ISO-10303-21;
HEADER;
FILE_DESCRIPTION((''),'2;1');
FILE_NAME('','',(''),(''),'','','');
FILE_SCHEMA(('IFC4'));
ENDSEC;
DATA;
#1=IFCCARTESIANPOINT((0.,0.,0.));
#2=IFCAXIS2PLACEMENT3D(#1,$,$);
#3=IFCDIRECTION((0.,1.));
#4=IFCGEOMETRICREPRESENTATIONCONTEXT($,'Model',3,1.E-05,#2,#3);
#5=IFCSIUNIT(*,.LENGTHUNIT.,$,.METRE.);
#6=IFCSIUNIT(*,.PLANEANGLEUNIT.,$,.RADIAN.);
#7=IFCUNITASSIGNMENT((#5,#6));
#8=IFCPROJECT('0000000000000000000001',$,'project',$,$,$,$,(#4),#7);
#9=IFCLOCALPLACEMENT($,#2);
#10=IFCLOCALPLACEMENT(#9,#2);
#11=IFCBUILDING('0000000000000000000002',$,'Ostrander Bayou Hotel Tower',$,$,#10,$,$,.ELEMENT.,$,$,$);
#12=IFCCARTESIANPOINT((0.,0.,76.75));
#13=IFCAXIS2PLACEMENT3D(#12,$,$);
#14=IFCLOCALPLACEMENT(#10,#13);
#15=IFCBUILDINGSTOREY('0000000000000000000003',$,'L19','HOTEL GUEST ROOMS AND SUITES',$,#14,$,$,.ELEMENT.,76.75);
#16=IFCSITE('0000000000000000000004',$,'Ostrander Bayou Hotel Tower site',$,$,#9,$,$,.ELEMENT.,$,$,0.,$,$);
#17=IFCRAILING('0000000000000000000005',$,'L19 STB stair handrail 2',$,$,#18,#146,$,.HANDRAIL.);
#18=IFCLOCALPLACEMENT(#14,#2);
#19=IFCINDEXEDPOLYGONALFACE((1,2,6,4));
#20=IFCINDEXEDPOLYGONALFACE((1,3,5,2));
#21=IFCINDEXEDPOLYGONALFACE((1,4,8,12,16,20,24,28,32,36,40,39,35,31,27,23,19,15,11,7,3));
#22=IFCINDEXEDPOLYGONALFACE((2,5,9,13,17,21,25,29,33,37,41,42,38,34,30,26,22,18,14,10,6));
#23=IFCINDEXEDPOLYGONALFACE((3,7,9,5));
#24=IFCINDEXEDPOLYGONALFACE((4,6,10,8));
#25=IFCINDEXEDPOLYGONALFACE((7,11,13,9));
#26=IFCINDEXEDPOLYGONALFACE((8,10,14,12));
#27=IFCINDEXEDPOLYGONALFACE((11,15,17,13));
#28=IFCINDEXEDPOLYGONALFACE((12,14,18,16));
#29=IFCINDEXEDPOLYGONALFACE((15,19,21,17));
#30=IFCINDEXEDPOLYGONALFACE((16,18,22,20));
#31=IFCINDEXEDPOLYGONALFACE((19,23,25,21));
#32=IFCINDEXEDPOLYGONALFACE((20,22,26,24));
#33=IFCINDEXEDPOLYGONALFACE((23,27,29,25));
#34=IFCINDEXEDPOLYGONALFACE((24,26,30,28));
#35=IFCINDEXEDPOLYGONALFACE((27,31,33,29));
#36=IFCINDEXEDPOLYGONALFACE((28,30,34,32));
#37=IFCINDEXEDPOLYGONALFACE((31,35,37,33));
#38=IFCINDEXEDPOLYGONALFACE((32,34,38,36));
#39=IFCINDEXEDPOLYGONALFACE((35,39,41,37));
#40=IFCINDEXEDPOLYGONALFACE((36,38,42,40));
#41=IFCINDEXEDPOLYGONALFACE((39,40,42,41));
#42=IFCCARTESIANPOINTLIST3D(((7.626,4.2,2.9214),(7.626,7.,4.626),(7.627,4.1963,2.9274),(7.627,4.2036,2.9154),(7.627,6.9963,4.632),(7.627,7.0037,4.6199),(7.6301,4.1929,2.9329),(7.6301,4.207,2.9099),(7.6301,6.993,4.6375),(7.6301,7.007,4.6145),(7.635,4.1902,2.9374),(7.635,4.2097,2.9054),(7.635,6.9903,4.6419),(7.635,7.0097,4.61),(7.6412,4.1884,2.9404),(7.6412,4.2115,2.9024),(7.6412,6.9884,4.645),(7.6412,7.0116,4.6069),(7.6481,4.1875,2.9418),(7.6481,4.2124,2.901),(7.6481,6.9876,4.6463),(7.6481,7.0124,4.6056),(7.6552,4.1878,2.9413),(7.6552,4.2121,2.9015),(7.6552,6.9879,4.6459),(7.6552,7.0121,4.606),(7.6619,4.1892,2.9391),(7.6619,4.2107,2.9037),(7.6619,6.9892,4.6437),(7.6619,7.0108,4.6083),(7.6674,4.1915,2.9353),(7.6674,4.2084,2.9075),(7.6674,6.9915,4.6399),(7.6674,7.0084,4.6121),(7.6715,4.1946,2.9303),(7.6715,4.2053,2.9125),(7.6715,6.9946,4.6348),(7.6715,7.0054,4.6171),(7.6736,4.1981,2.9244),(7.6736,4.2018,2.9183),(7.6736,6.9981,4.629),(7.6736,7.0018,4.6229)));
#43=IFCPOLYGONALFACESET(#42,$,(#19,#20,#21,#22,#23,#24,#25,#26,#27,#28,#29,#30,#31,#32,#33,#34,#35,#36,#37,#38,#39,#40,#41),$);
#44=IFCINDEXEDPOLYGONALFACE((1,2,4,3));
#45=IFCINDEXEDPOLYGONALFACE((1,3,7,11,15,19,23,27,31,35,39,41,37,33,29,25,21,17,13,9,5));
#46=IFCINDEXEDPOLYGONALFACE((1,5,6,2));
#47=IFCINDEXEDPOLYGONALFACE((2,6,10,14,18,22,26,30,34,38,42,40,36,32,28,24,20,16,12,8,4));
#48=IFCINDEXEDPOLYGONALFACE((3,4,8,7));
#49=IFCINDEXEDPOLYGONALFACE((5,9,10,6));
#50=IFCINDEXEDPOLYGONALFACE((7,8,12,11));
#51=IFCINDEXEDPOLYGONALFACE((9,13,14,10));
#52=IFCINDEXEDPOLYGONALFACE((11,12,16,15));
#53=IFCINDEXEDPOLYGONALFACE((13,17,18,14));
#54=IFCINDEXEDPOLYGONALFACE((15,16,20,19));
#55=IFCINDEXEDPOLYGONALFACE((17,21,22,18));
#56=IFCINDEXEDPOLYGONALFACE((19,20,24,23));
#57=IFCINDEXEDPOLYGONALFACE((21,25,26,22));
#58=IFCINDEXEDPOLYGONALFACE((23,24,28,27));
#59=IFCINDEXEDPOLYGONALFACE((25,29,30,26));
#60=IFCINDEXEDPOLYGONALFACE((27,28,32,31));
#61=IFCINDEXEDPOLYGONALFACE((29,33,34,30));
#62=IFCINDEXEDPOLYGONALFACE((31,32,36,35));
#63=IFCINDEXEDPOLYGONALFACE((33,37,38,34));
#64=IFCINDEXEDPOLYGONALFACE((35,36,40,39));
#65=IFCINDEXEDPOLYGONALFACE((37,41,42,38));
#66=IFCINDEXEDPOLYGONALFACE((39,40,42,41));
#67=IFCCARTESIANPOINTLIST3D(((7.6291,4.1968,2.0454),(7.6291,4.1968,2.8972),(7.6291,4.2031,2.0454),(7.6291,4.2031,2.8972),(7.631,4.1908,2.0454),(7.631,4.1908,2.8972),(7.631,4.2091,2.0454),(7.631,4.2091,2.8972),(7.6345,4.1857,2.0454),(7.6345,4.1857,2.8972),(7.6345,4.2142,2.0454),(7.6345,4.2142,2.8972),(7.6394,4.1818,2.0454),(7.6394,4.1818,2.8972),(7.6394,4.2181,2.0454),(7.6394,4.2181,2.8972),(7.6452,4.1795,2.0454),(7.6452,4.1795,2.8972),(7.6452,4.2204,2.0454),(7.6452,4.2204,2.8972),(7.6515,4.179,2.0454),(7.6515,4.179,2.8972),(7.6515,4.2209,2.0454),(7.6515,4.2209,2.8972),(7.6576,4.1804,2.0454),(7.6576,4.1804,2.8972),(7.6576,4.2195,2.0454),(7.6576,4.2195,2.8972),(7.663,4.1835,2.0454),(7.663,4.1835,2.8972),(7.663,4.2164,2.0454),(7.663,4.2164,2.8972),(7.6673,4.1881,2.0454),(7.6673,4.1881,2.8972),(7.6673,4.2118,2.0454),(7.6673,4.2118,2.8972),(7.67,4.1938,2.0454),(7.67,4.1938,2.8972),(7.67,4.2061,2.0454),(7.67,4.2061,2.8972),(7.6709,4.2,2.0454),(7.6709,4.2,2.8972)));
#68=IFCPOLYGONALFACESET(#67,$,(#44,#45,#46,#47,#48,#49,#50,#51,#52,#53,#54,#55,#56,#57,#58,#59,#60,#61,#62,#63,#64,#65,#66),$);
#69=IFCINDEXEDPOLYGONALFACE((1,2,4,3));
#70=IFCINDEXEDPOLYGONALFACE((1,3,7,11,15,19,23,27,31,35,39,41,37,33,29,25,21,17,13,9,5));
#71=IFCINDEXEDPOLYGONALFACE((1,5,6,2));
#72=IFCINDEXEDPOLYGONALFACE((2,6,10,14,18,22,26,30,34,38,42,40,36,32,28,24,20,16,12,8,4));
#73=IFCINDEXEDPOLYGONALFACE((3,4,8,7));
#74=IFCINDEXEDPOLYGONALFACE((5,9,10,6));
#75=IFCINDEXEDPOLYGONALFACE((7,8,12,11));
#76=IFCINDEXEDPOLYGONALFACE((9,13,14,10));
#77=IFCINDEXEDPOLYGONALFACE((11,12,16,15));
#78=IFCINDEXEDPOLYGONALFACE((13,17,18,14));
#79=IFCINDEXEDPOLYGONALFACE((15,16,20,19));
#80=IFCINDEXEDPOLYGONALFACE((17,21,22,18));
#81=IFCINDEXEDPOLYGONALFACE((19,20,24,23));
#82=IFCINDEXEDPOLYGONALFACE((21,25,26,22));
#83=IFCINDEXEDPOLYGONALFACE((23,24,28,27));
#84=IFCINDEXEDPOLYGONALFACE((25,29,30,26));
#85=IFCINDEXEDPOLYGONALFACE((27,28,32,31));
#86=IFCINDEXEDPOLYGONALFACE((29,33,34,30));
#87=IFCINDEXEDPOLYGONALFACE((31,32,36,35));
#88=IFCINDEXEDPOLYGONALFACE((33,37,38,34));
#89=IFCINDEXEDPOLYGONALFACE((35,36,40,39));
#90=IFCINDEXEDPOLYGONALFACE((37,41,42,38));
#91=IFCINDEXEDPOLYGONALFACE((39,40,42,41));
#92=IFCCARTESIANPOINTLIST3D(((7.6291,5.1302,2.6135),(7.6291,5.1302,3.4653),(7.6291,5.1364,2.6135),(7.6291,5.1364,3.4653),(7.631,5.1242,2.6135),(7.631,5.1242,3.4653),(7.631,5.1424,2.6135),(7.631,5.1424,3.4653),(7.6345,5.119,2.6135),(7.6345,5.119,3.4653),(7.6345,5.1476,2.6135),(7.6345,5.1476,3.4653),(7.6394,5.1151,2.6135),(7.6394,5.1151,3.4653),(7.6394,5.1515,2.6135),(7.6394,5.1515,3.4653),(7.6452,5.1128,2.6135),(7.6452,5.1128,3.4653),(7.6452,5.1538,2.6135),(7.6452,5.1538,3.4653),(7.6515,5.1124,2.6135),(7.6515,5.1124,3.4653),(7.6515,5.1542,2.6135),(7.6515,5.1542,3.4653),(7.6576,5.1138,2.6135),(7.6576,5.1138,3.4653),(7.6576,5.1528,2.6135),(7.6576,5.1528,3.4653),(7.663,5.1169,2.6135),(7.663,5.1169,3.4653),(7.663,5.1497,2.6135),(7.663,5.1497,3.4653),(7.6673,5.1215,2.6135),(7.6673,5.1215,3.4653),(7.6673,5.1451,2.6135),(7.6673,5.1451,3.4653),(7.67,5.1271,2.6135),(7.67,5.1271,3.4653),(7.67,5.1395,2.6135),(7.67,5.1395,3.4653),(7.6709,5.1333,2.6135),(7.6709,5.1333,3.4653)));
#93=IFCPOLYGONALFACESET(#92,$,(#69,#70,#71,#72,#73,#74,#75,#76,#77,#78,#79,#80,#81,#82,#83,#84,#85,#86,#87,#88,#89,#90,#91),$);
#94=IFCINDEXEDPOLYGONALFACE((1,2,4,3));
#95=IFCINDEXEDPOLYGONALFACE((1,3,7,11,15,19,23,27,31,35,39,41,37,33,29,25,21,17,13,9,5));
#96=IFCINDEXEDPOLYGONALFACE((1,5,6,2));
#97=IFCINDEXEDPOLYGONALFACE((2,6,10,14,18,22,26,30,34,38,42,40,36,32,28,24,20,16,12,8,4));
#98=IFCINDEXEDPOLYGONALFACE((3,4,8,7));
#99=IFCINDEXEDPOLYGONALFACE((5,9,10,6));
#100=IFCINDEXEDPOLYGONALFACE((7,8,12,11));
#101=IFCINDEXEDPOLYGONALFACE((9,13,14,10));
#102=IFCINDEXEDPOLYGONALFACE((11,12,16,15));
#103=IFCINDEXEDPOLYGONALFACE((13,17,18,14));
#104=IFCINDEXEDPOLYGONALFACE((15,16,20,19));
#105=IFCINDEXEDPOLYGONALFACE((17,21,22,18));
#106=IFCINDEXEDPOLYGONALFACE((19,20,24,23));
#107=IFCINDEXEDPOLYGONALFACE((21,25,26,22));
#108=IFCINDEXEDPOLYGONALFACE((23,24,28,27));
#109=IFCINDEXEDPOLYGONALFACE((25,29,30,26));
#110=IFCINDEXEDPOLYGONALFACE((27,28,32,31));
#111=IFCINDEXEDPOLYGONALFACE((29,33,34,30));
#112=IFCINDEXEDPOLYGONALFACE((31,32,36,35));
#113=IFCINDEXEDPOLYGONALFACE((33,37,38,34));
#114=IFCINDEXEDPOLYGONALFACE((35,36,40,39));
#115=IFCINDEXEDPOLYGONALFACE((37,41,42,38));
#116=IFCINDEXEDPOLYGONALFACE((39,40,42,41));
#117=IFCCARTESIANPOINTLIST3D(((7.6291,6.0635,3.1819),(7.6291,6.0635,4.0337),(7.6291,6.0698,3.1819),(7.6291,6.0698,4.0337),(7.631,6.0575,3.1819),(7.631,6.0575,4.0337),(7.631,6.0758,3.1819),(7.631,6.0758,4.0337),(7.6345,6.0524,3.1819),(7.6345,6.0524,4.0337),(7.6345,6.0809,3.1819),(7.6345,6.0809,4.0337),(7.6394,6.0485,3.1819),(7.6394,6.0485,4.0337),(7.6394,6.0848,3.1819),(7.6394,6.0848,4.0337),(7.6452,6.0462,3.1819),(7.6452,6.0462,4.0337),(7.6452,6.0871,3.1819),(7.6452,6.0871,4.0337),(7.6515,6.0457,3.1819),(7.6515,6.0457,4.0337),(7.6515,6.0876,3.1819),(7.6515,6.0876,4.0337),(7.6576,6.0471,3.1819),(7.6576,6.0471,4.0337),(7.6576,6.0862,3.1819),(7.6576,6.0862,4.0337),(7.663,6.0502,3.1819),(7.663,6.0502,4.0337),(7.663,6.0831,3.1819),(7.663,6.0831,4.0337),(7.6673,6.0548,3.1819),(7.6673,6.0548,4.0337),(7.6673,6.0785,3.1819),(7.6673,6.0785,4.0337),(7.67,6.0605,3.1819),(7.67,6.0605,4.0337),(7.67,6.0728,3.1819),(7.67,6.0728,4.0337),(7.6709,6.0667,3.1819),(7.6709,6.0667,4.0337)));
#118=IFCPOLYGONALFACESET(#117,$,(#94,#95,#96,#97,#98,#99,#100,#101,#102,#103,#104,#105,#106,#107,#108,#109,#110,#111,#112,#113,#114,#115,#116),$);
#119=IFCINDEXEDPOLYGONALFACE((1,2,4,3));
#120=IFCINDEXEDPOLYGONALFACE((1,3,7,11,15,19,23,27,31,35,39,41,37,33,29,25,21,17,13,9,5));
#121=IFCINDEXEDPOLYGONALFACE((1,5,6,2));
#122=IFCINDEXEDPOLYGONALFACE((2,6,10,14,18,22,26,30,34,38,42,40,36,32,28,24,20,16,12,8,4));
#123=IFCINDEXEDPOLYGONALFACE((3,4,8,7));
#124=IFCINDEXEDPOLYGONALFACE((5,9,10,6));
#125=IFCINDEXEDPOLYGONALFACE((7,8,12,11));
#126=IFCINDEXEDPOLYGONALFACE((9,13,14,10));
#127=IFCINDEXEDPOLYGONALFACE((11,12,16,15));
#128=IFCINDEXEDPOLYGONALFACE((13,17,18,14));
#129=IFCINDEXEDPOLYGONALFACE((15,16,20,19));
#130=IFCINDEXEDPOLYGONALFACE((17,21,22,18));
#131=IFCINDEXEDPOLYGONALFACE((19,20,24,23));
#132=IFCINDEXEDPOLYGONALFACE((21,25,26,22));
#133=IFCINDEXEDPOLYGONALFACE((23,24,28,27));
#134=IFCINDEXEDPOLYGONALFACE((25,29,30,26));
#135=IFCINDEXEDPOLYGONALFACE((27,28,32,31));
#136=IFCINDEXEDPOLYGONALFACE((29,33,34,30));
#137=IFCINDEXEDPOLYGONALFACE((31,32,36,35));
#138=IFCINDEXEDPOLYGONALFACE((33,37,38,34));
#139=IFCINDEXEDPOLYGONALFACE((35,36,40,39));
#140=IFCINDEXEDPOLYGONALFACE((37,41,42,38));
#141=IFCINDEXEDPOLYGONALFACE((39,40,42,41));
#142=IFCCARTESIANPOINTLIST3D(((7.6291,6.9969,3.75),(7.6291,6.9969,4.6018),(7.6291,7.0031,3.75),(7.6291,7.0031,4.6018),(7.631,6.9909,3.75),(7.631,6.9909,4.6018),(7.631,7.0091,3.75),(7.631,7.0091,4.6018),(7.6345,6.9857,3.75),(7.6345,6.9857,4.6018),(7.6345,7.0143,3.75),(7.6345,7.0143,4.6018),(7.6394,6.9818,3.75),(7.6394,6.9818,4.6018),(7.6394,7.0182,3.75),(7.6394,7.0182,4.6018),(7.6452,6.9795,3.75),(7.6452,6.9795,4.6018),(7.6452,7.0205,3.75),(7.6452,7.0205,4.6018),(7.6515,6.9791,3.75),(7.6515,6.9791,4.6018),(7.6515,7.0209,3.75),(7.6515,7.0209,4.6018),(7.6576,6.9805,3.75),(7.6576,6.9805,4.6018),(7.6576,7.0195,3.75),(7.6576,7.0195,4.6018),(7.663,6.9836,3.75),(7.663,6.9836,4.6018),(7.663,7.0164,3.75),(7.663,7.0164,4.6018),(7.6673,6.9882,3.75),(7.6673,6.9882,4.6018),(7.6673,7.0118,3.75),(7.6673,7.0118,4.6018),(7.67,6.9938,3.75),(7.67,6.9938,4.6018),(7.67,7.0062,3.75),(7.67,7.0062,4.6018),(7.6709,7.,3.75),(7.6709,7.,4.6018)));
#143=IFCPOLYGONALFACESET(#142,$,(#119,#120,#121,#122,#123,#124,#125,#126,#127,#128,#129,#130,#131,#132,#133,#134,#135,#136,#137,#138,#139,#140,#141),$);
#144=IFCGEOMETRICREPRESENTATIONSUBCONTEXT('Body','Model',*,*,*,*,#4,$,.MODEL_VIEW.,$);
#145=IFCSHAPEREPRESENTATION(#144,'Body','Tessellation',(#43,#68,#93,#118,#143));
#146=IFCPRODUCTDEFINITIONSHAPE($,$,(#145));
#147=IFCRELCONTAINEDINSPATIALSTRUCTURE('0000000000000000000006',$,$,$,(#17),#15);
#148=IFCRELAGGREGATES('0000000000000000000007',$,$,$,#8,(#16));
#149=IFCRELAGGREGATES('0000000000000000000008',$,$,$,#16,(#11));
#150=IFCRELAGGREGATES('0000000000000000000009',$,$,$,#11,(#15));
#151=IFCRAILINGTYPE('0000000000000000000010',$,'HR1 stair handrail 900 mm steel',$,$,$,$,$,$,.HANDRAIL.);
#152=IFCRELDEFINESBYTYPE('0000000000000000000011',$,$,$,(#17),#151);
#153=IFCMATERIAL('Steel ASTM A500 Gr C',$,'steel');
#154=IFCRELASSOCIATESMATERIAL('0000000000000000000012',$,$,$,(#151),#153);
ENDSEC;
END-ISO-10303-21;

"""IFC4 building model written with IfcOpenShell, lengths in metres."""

from ifc_helpers import new_model, si_unit, direction, frame, origin, origin_2d, place, context, subcontext, project, spatial, circle, extrude, material, type_object, element, save


model = new_model("IFC4")

# Units and contexts
model_context = context("Model", 3, precision=1e-05, world=origin(), true_north=direction((0.0, 1.0)))
body_context = subcontext(model_context, "Body", "Model", "MODEL_VIEW")
ifc_project = project(units=[si_unit("LENGTHUNIT", "METRE"), si_unit("PLANEANGLEUNIT", "RADIAN")], contexts=[model_context])

# Site, building, storey
site_placement = place(None, origin())
site = spatial("IfcSite", under=ifc_project, at=site_placement, Name="Ostrander Bayou Hotel Tower site", CompositionType="ELEMENT", RefElevation=0.0)
building_placement = place(site_placement, origin())
building = spatial("IfcBuilding", under=site, at=building_placement, Name="Ostrander Bayou Hotel Tower", CompositionType="ELEMENT")
storey_placement = place(building_placement, frame((0.0, 0.0, 76.75)))
storey = spatial("IfcBuildingStorey", under=building, at=storey_placement, Name="L19", Description="HOTEL GUEST ROOMS AND SUITES", CompositionType="ELEMENT", Elevation=76.75)

# Railing
ifc_material_1 = material(Name="Steel ASTM A500 Gr C", Category="steel")
railing_type_1 = type_object("IfcRailingType", Name="HR1 stair handrail 900 mm steel", PredefinedType="HANDRAIL", material=ifc_material_1)
railing_1_placement = place(storey_placement, frame((7.6499, 4.2, 2.0454)))
element("IfcRailing", 1, at=railing_1_placement, inside=storey, type_object=railing_type_1, Name="L19 STB stair handrail 2", PredefinedType="HANDRAIL", context=body_context, shape_type="SweptSolid", body=[
    extrude(circle(Radius=0.0239, at=origin_2d()), frame((0.0, 0.0, 0.876), z_axis=(0.0, 0.85417, 0.519994), x_axis=(-1.0, 0.0, 0.0)), (0.0, 0.0, 1.0), 3.2781),
    extrude(circle(Radius=0.021, at=origin_2d()), origin(), (0.0, 0.0, 1.0), 0.8518),
    extrude(circle(Radius=0.021, at=origin_2d()), frame((0.0, 0.9333, 0.5681)), (0.0, 0.0, 1.0), 0.8518),
    extrude(circle(Radius=0.021, at=origin_2d()), frame((0.0, 1.8667, 1.1365)), (0.0, 0.0, 1.0), 0.8518),
    extrude(circle(Radius=0.021, at=origin_2d()), frame((0.0, 2.8, 1.7046)), (0.0, 0.0, 1.0), 0.8518),
])

save(model, "model.ifc")
